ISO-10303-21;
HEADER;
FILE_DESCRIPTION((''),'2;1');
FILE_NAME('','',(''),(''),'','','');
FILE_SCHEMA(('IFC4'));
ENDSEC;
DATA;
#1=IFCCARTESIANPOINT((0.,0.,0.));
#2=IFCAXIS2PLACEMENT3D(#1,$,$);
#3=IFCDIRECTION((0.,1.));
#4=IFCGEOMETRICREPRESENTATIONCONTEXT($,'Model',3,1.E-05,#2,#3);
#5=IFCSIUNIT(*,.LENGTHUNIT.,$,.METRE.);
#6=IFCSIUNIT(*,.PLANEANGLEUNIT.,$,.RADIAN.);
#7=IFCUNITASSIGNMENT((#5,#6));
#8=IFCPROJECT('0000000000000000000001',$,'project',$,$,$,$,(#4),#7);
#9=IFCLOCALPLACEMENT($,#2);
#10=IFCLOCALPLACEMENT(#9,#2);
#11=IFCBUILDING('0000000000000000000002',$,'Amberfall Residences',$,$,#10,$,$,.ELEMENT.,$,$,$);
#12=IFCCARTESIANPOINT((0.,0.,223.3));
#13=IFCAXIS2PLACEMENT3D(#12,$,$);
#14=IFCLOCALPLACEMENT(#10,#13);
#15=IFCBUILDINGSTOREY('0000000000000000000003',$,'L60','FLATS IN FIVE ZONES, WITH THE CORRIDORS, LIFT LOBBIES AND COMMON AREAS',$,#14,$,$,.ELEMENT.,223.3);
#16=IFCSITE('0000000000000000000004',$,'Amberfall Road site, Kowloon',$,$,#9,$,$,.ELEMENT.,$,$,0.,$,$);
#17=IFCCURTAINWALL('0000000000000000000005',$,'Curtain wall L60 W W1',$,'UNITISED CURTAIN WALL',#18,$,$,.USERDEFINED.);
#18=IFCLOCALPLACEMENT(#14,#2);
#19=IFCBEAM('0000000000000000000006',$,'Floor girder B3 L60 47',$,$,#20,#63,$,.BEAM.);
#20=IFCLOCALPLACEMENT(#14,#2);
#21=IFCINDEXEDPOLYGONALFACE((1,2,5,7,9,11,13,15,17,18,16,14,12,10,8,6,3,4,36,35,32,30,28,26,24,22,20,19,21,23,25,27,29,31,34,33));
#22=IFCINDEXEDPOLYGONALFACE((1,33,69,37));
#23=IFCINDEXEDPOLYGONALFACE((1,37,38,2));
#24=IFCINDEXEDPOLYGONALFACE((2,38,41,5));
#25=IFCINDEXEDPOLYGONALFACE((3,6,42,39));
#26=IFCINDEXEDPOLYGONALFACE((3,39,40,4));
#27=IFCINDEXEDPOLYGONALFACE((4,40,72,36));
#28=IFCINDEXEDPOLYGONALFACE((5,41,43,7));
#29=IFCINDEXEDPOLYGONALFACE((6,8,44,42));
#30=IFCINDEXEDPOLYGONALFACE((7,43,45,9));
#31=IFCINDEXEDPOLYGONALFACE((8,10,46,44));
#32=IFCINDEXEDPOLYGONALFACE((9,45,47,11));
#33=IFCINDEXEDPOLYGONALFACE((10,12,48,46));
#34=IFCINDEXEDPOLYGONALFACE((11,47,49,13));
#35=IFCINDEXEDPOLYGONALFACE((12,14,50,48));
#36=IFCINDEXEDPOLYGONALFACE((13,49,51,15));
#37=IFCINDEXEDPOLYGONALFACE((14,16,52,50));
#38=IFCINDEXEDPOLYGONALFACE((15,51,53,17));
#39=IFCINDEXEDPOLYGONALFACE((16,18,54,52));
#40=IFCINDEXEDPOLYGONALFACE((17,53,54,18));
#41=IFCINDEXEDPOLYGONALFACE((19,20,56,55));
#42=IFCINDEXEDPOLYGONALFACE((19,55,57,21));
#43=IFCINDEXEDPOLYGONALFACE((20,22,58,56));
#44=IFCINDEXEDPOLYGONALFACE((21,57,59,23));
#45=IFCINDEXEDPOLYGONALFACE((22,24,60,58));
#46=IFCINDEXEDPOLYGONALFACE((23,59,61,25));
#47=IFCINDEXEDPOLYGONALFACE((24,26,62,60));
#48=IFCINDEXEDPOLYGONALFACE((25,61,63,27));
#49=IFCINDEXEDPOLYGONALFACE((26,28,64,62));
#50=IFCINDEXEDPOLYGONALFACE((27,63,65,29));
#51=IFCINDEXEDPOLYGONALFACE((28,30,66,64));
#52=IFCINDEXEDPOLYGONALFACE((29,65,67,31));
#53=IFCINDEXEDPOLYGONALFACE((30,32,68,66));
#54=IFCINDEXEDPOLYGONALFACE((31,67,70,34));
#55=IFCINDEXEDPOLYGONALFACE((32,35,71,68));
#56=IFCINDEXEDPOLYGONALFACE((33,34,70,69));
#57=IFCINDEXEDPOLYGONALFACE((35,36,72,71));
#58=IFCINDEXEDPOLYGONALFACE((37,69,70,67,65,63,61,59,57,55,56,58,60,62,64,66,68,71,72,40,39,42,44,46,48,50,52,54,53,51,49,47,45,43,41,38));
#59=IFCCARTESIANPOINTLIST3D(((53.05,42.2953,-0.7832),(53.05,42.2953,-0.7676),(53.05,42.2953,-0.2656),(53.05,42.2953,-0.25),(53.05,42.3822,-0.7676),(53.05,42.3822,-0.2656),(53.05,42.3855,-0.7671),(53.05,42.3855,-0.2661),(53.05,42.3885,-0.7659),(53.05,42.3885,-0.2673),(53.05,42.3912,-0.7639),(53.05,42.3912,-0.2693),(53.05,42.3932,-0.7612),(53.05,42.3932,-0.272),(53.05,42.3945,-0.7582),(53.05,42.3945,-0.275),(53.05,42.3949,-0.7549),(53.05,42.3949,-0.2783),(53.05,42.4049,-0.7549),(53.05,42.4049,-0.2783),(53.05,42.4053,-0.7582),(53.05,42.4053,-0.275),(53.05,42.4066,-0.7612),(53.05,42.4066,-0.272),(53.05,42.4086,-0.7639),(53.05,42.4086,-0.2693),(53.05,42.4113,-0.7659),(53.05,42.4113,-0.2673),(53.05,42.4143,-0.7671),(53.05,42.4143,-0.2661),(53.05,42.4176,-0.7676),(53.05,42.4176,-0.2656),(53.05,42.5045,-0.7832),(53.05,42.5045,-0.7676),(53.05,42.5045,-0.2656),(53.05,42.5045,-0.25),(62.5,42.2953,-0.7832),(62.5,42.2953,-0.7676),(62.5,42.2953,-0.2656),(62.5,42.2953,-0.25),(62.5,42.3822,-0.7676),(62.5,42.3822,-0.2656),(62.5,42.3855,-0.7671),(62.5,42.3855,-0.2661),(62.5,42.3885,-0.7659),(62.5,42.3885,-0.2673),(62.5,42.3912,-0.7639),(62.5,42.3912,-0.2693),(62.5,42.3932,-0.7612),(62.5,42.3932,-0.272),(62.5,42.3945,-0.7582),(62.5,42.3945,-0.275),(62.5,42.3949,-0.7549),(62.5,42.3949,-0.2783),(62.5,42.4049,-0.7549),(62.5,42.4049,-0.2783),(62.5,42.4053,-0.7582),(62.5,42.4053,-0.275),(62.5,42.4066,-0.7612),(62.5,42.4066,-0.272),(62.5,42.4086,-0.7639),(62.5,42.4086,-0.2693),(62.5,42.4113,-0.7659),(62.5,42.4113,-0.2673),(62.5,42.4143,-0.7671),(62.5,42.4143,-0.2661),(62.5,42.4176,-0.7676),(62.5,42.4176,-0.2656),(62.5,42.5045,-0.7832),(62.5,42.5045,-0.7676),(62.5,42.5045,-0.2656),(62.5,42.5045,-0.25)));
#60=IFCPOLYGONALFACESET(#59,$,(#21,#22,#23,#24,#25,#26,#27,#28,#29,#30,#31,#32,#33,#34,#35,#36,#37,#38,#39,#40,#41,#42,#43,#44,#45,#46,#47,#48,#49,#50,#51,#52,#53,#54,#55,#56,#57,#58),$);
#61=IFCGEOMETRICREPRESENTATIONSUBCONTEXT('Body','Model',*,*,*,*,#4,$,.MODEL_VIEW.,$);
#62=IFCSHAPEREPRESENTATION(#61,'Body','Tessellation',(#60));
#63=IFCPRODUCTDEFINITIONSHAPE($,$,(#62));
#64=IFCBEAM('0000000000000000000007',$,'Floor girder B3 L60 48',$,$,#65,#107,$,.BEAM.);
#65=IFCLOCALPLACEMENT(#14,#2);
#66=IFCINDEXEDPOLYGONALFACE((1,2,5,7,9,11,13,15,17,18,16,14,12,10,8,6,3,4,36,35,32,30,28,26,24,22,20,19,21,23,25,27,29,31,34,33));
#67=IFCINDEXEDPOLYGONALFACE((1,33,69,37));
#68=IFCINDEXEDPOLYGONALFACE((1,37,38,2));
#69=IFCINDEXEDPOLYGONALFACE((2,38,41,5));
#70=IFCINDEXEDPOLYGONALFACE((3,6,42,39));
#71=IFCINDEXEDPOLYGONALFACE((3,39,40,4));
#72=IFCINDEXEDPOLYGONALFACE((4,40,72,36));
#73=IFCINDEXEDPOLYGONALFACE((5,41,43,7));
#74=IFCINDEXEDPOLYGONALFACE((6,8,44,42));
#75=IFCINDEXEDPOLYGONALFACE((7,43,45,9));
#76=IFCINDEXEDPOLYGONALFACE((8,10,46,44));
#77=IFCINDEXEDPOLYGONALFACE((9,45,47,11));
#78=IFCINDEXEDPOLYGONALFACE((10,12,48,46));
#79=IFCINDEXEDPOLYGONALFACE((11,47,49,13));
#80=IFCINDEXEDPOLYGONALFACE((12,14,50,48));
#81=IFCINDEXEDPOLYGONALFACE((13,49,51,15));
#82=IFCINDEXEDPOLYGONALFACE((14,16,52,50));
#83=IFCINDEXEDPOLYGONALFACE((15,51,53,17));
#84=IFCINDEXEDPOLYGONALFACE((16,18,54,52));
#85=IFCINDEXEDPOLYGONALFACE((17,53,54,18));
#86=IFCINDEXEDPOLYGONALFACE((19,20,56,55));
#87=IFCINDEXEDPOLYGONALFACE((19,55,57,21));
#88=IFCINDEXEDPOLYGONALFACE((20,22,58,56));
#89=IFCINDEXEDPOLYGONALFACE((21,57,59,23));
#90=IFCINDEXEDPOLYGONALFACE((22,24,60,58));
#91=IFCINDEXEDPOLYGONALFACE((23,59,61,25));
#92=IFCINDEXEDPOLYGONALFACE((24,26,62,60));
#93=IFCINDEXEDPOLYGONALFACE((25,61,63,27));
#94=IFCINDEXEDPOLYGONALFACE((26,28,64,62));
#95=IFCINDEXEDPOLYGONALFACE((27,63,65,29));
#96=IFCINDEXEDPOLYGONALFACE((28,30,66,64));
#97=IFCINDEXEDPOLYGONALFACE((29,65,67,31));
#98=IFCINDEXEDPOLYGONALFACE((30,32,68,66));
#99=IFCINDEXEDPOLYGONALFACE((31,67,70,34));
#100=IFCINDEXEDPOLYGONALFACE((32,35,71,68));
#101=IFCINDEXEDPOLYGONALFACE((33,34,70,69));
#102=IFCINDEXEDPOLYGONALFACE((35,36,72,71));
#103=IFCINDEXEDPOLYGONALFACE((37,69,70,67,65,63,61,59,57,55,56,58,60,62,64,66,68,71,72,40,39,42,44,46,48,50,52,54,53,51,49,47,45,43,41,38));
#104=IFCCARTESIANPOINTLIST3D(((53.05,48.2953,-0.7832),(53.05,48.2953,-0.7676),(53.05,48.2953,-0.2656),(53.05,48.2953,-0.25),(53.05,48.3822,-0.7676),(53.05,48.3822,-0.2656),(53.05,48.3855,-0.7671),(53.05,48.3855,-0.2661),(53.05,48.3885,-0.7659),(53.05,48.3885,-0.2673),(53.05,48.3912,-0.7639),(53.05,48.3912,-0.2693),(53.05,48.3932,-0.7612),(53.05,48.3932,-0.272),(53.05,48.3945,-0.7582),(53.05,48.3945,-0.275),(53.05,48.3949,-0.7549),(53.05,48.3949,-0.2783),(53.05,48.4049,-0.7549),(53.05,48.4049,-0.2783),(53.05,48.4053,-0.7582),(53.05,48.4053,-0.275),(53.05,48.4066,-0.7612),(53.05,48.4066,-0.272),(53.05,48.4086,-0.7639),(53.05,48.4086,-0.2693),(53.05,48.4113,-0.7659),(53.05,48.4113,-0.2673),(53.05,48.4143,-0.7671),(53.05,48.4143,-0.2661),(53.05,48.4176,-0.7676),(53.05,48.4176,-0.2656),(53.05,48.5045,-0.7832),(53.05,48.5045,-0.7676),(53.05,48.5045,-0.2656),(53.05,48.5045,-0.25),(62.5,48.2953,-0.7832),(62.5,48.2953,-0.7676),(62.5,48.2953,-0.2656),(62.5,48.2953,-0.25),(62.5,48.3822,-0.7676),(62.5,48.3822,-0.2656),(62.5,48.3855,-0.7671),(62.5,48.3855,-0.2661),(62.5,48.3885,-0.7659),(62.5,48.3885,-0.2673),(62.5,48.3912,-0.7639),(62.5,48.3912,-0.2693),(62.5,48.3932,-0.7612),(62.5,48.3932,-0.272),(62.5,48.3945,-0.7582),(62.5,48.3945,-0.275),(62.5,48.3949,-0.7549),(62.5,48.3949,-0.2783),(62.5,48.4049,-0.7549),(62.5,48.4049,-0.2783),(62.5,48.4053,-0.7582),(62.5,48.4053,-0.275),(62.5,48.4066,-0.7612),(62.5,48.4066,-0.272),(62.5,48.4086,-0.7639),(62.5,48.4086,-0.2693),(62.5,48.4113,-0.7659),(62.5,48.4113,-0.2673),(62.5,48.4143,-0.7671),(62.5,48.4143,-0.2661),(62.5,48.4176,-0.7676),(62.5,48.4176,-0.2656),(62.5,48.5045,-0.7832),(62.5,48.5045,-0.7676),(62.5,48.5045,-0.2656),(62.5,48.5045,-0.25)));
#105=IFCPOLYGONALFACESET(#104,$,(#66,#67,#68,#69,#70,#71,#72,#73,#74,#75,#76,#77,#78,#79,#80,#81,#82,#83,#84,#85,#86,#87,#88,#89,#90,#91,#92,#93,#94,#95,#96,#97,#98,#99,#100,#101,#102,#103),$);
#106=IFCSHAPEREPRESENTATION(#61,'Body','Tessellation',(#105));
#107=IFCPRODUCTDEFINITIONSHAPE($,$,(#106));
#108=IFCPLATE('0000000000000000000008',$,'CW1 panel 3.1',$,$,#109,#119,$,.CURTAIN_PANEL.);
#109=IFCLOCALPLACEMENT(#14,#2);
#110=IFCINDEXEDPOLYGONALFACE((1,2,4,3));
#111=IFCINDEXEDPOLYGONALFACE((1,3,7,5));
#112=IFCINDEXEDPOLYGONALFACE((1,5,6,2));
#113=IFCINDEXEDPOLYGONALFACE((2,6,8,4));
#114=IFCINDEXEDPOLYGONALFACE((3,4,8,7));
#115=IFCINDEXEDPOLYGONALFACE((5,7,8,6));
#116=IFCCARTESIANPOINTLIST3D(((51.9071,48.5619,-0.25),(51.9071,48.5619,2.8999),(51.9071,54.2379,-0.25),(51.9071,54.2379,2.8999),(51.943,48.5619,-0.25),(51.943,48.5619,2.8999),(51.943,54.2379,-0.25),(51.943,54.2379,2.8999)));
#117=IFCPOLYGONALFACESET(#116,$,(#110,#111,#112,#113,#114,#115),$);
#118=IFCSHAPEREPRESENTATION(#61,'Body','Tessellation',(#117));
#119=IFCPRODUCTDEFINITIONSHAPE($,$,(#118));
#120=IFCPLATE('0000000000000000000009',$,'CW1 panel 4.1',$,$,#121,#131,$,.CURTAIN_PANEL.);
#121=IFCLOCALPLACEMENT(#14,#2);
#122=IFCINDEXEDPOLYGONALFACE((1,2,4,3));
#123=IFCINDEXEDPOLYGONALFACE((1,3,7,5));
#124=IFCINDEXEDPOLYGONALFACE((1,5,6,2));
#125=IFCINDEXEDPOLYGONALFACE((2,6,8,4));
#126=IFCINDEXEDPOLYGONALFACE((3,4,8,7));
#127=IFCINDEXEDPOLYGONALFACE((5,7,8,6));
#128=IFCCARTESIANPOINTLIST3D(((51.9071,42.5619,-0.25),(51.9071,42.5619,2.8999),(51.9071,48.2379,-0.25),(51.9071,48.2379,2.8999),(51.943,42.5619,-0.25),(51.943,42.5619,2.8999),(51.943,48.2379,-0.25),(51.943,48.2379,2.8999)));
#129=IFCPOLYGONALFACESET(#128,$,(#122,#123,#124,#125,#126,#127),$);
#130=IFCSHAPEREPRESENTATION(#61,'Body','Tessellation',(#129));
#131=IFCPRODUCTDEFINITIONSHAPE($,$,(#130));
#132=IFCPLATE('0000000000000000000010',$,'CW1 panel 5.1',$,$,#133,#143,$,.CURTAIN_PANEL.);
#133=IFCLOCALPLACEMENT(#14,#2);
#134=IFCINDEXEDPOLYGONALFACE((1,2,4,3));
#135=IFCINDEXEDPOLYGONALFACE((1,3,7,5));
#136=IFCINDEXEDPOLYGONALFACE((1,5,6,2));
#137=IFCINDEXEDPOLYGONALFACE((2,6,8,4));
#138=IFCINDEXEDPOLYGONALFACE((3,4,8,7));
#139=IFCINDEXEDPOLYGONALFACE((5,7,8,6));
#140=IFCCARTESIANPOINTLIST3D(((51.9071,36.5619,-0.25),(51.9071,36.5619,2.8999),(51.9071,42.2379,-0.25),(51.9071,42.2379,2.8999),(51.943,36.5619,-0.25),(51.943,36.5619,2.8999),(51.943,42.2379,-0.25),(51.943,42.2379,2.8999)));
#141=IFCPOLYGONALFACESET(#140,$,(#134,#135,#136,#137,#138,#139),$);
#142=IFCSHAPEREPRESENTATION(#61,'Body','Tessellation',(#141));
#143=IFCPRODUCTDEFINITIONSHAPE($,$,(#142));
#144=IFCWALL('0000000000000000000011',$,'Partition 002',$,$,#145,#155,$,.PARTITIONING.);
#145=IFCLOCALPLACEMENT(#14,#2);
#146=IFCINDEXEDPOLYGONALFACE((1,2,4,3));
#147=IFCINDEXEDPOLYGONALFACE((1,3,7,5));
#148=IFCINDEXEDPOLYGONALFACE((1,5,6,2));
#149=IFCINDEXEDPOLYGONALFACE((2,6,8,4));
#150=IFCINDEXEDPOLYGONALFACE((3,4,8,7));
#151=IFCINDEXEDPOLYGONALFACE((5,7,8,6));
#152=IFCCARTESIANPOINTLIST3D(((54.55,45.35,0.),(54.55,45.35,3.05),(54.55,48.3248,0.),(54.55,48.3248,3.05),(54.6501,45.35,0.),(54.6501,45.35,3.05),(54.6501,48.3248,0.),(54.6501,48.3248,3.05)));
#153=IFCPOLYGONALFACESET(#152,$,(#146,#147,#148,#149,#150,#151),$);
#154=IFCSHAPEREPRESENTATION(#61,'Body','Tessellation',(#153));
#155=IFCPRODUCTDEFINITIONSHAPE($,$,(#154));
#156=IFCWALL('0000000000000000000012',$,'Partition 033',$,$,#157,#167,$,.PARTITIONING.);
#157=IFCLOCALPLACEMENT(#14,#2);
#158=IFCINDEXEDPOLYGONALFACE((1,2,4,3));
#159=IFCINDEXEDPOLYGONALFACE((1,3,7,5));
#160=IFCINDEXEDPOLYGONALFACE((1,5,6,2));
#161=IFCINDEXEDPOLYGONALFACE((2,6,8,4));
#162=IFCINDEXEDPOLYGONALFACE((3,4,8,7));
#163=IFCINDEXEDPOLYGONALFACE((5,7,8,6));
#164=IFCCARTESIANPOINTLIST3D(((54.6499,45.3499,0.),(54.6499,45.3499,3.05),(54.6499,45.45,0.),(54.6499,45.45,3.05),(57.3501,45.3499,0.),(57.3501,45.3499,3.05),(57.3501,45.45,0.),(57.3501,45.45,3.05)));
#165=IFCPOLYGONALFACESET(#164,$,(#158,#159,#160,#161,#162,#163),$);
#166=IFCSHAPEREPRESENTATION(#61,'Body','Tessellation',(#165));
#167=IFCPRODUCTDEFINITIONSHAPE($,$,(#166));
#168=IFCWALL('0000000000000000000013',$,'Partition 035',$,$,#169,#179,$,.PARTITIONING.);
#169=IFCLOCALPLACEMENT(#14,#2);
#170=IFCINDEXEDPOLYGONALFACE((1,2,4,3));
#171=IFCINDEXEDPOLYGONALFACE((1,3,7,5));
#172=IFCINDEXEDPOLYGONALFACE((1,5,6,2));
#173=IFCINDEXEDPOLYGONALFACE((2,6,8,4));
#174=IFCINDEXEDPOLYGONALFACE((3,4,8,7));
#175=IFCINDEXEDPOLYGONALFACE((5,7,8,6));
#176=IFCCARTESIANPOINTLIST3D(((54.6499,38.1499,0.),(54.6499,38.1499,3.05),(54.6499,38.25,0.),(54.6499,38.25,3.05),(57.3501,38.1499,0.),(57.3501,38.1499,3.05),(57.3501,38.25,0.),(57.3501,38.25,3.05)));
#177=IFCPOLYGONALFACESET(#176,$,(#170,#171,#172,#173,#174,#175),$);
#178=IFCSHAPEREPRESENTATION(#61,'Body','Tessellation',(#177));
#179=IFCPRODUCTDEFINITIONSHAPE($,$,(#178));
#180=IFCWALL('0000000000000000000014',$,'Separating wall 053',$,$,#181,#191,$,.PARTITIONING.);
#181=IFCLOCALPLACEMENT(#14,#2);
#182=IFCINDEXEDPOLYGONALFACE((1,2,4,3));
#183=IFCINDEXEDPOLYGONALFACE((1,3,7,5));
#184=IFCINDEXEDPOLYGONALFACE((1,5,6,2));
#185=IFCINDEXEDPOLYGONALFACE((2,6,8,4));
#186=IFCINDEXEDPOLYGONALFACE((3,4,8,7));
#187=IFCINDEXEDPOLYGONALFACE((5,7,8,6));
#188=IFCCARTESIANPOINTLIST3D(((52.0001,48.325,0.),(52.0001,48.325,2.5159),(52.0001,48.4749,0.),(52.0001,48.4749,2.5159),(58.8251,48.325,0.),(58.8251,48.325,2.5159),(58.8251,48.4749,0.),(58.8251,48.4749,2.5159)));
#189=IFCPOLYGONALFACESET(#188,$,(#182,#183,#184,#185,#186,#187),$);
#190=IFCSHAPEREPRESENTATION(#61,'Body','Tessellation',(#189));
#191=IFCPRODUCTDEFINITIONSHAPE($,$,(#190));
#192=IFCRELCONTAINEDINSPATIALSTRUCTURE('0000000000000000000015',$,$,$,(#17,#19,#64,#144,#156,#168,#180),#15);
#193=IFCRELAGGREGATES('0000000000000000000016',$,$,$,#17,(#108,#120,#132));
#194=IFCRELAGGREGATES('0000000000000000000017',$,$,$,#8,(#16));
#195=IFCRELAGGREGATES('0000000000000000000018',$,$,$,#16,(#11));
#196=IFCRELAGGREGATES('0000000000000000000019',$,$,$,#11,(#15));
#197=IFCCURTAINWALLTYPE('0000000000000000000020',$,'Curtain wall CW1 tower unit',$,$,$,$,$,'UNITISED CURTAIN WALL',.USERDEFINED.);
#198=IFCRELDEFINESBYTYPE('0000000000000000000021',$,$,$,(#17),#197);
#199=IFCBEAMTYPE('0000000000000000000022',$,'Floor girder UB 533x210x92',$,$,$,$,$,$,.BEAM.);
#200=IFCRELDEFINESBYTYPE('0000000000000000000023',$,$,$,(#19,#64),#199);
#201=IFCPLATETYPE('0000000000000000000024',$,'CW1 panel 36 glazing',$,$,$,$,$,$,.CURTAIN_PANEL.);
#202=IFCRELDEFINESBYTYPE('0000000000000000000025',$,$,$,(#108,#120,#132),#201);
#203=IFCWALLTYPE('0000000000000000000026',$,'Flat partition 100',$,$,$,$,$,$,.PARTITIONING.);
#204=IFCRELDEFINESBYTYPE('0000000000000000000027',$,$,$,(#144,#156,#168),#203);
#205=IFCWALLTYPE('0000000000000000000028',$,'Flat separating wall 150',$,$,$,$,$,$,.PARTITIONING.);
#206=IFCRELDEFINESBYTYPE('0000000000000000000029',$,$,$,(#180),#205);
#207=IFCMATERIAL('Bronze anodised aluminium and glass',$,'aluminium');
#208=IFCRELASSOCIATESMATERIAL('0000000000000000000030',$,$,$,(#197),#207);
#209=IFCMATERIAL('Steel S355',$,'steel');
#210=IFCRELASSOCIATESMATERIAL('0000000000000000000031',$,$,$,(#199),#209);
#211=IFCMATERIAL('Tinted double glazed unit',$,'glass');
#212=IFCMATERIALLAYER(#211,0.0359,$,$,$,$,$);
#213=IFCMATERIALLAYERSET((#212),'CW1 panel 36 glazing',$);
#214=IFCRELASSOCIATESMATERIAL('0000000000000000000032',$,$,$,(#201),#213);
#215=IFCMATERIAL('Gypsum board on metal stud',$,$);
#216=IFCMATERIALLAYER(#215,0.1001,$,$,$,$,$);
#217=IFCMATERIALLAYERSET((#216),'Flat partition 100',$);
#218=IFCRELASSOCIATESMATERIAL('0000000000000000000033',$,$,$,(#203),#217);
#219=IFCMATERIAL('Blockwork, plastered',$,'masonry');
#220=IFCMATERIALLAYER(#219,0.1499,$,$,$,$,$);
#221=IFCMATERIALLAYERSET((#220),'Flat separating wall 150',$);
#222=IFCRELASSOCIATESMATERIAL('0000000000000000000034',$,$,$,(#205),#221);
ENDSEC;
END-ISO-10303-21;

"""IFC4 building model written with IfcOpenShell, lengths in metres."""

from ifc_helpers import new_model, si_unit, direction, frame, frame_2d, origin, origin_2d, place, context, subcontext, project, spatial, rectangle, i_section, extrude, material, layer, layer_set, material_profile, profile_set, type_object, element, aggregate, save


model = new_model("IFC4")

# Units and contexts
model_context = context("Model", 3, precision=1e-05, world=origin(), true_north=direction((0.0, 1.0)))
body_context = subcontext(model_context, "Body", "Model", "MODEL_VIEW")
ifc_project = project(units=[si_unit("LENGTHUNIT", "METRE"), si_unit("PLANEANGLEUNIT", "RADIAN")], contexts=[model_context])

# Site, building, storey
site_placement = place(None, origin())
site = spatial("IfcSite", under=ifc_project, at=site_placement, Name="Amberfall Road site, Kowloon", CompositionType="ELEMENT", RefElevation=0.0)
building_placement = place(site_placement, origin())
building = spatial("IfcBuilding", under=site, at=building_placement, Name="Amberfall Residences", CompositionType="ELEMENT")
storey_placement = place(building_placement, frame((0.0, 0.0, 223.3)))
storey = spatial("IfcBuildingStorey", under=building, at=storey_placement, Name="L60", Description="FLATS IN FIVE ZONES, WITH THE CORRIDORS, LIFT LOBBIES AND COMMON AREAS", CompositionType="ELEMENT", Elevation=223.3)

# Curtain wall
ifc_material_1 = material(Name="Bronze anodised aluminium and glass", Category="aluminium")
curtain_wall_type = type_object("IfcCurtainWallType", Name="Curtain wall CW1 tower unit", ElementType="UNITISED CURTAIN WALL", PredefinedType="USERDEFINED", material=ifc_material_1)
curtain_wall_placement = place(storey_placement, origin())
curtain_wall = element("IfcCurtainWall", 1, at=curtain_wall_placement, inside=storey, type_object=curtain_wall_type, Name="Curtain wall L60 W W1", ObjectType="UNITISED CURTAIN WALL", PredefinedType="USERDEFINED")

# Shared definitions
ifc_material_2 = material(Name="Steel S355", Category="steel")

# Beams
ifc_material_profile_1 = material_profile(ifc_material_2, i_section(OverallWidth=0.2092, OverallDepth=0.5332, WebThickness=0.01, FlangeThickness=0.0156, FilletRadius=0.0127, at=origin_2d()), Name="UB 533x210x92")
ifc_profile_set_1 = profile_set([ifc_material_profile_1], Name="Steel S355")
beam_type_1 = type_object("IfcBeamType", Name="Floor girder UB 533x210x92", PredefinedType="BEAM", material=ifc_profile_set_1)
for number, where, z_axis, x_axis, name in (
    (2, (53.05, 42.3999, -0.5166), (1.0, 0.0, 0.0), (0.0, 1.0, 0.0), "Floor girder B3 L60 47"),
    (3, (53.05, 48.3999, -0.5166), (1.0, 0.0, 0.0), (0.0, 1.0, 0.0), "Floor girder B3 L60 48"),
):
    element("IfcBeam", number, at=place(storey_placement, frame(where, z_axis=z_axis, x_axis=x_axis)), inside=storey, type_object=beam_type_1, Name=name, PredefinedType="BEAM", context=body_context, shape_type="SweptSolid", body=[
        extrude(i_section(OverallWidth=0.2092, OverallDepth=0.5332, WebThickness=0.01, FlangeThickness=0.0156, FilletRadius=0.0127, at=origin_2d()), origin(), (0.0, 0.0, 1.0), 9.45),
    ])

# Plates
ifc_material_3 = material(Name="Tinted double glazed unit", Category="glass")
ifc_layer_1 = layer(ifc_material_3, 0.0359)
ifc_layer_set_1 = layer_set([ifc_layer_1], Name="CW1 panel 36 glazing")
plate_type = type_object("IfcPlateType", Name="CW1 panel 36 glazing", PredefinedType="CURTAIN_PANEL", material=ifc_layer_set_1)
plate_1_placement = place(storey_placement, frame((51.925, 51.3999, -0.25), z_axis=(0.0, 0.0, 1.0), x_axis=(0.0, -1.0, 0.0)))
plate_1 = element("IfcPlate", 4, at=plate_1_placement, type_object=plate_type, Name="CW1 panel 3.1", PredefinedType="CURTAIN_PANEL", context=body_context, shape_type="SweptSolid", body=[
    extrude(rectangle(XDim=5.676, YDim=0.0359, at=origin_2d()), origin(), (0.0, 0.0, 1.0), 3.1499),
])
plate_2_placement = place(storey_placement, frame((51.925, 45.3999, -0.25), z_axis=(0.0, 0.0, 1.0), x_axis=(0.0, -1.0, 0.0)))
plate_2 = element("IfcPlate", 5, at=plate_2_placement, type_object=plate_type, Name="CW1 panel 4.1", PredefinedType="CURTAIN_PANEL", context=body_context, shape_type="SweptSolid", body=[
    extrude(rectangle(XDim=5.676, YDim=0.0359, at=origin_2d()), origin(), (0.0, 0.0, 1.0), 3.1499),
])
plate_3_placement = place(storey_placement, frame((51.925, 39.3999, -0.25), z_axis=(0.0, 0.0, 1.0), x_axis=(0.0, -1.0, 0.0)))
plate_3 = element("IfcPlate", 6, at=plate_3_placement, type_object=plate_type, Name="CW1 panel 5.1", PredefinedType="CURTAIN_PANEL", context=body_context, shape_type="SweptSolid", body=[
    extrude(rectangle(XDim=5.676, YDim=0.0359, at=origin_2d()), origin(), (0.0, 0.0, 1.0), 3.1499),
])
aggregate(curtain_wall, [plate_1, plate_2, plate_3])

# Walls
ifc_material_4 = material(Name="Gypsum board on metal stud")
ifc_layer_2 = layer(ifc_material_4, 0.1001)
ifc_layer_set_2 = layer_set([ifc_layer_2], Name="Flat partition 100")
wall_type_1 = type_object("IfcWallType", Name="Flat partition 100", PredefinedType="PARTITIONING", material=ifc_layer_set_2)
wall_1_placement = place(storey_placement, frame((54.6001, 45.3501, 0.0), z_axis=(0.0, 0.0, 1.0), x_axis=(0.0, 1.0, 0.0)))
element("IfcWall", 7, at=wall_1_placement, inside=storey, type_object=wall_type_1, Name="Partition 002", PredefinedType="PARTITIONING", context=body_context, shape_type="SweptSolid", body=[
    extrude(rectangle(XDim=2.9749, YDim=0.1001, at=frame_2d((1.4873, 0.0))), origin(), (0.0, 0.0, 1.0), 3.05),
])
for number, where, z_axis, x_axis, name in (
    (8, (54.6499, 45.3999, 0.0), (0.0, 0.0, 1.0), (1.0, 0.0, 0.0), "Partition 033"),
    (9, (54.6499, 38.2, 0.0), (0.0, 0.0, 1.0), (1.0, 0.0, 0.0), "Partition 035"),
):
    element("IfcWall", number, at=place(storey_placement, frame(where, z_axis=z_axis, x_axis=x_axis)), inside=storey, type_object=wall_type_1, Name=name, PredefinedType="PARTITIONING", context=body_context, shape_type="SweptSolid", body=[
        extrude(rectangle(XDim=2.7002, YDim=0.1001, at=frame_2d((1.3501, 0.0))), origin(), (0.0, 0.0, 1.0), 3.05),
    ])
ifc_material_5 = material(Name="Blockwork, plastered", Category="masonry")
ifc_layer_3 = layer(ifc_material_5, 0.1499)
ifc_layer_set_3 = layer_set([ifc_layer_3], Name="Flat separating wall 150")
wall_type_2 = type_object("IfcWallType", Name="Flat separating wall 150", PredefinedType="PARTITIONING", material=ifc_layer_set_3)
wall_2_placement = place(storey_placement, frame((52.0, 48.3999, 0.0), z_axis=(0.0, 0.0, 1.0), x_axis=(1.0, 0.0, 0.0)))
element("IfcWall", 10, at=wall_2_placement, inside=storey, type_object=wall_type_2, Name="Separating wall 053", PredefinedType="PARTITIONING", context=body_context, shape_type="SweptSolid", body=[
    extrude(rectangle(XDim=6.825, YDim=0.1499, at=frame_2d((3.4126, 0.0))), origin(), (0.0, 0.0, 1.0), 2.5159),
])

save(model, "model.ifc")
